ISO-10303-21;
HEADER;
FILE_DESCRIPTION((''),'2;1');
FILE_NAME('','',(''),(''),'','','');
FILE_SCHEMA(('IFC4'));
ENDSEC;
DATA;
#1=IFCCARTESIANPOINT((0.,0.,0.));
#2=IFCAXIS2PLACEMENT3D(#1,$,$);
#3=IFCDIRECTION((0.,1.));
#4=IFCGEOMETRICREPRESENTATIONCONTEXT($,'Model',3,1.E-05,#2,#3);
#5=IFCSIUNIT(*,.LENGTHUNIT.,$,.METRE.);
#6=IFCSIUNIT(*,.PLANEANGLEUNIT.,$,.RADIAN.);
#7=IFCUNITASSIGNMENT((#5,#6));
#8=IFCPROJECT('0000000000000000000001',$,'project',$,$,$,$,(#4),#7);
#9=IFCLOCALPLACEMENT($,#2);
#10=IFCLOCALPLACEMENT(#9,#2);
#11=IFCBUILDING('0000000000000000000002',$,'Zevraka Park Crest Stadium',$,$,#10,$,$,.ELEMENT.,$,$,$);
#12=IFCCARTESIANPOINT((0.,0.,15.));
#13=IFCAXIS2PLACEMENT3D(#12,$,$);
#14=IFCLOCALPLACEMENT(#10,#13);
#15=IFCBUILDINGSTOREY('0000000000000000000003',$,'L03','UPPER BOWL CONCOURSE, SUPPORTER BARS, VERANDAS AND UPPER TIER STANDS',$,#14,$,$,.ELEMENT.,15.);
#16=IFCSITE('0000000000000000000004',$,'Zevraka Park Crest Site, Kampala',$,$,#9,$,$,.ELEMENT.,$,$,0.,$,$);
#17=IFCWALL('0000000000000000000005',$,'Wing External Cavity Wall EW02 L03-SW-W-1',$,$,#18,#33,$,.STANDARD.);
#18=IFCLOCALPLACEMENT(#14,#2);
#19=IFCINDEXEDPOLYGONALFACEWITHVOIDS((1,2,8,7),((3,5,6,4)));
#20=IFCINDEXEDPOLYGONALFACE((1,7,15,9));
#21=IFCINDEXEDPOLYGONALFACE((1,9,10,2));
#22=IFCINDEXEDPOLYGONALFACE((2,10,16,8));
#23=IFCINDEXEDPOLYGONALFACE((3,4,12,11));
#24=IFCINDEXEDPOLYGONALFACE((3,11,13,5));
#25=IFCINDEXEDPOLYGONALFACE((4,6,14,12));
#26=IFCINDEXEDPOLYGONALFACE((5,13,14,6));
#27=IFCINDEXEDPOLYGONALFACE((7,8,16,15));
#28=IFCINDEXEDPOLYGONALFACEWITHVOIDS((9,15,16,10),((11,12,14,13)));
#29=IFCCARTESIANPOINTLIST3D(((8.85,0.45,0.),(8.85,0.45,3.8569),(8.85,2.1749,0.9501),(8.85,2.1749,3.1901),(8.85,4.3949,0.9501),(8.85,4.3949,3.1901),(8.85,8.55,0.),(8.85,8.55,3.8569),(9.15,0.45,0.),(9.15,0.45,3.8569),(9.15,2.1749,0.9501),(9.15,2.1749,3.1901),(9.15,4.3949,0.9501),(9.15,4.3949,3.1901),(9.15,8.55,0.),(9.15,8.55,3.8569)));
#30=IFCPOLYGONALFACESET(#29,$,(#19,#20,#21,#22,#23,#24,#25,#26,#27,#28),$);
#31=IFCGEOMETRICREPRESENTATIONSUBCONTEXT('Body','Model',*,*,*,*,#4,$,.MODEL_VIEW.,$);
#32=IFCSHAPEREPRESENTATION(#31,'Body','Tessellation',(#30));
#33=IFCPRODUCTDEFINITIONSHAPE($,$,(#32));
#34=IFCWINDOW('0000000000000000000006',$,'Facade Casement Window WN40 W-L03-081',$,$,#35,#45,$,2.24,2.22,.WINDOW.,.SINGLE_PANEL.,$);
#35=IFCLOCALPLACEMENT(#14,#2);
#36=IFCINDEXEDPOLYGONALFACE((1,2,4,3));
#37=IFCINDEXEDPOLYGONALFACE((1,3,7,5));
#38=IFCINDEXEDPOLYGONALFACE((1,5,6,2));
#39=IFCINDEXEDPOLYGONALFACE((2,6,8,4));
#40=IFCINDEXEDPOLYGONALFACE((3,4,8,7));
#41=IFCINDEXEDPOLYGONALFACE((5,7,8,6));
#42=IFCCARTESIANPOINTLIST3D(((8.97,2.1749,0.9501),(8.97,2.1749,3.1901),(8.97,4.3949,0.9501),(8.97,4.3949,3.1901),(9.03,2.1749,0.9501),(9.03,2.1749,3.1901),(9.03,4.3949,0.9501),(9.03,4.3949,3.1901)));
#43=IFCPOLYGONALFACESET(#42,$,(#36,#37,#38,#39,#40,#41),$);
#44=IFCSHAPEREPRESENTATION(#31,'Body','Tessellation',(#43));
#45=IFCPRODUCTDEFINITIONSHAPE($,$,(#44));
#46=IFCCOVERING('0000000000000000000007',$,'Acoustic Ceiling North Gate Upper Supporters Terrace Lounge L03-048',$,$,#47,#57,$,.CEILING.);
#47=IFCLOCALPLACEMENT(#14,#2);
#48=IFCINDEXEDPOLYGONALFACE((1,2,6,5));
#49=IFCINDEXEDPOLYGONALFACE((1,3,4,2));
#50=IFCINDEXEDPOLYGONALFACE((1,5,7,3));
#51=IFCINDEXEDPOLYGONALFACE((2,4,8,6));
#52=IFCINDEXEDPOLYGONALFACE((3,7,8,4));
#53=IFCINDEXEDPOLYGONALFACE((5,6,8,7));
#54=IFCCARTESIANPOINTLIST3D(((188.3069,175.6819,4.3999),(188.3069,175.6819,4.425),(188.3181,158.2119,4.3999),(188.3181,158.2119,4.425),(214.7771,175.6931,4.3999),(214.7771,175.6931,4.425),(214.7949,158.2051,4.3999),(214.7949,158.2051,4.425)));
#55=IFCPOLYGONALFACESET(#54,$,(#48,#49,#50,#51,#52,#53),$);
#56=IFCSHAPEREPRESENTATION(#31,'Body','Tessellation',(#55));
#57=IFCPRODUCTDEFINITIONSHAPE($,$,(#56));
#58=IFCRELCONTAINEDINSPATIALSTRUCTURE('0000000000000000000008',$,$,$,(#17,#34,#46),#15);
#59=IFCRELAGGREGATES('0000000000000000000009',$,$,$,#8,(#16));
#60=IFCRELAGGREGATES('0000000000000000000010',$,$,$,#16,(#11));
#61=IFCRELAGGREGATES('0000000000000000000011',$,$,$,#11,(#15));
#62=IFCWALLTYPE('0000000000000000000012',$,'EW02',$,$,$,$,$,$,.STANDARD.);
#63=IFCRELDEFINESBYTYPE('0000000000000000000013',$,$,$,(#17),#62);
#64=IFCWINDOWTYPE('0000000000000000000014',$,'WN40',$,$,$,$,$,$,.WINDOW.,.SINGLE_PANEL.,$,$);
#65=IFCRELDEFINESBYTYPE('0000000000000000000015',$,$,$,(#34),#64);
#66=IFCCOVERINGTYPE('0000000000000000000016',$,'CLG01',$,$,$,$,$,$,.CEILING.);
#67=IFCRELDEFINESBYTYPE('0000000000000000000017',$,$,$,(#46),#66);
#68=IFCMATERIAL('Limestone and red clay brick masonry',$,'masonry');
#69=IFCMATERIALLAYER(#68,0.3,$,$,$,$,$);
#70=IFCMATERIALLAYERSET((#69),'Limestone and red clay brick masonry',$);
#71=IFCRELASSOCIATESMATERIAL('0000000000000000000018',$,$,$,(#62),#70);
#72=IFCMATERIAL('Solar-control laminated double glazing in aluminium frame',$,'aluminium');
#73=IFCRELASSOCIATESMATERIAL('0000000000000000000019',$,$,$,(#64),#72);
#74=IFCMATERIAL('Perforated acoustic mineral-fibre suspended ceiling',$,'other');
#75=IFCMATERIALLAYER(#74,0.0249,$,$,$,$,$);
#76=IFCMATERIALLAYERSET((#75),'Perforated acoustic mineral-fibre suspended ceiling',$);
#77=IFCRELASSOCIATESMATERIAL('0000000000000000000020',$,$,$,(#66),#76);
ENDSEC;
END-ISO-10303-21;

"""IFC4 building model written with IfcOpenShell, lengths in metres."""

from ifc_helpers import new_model, si_unit, direction, frame, frame_2d, origin, place, context, subcontext, project, spatial, polyline, rectangle, outline, extrude, material, layer, layer_set, type_object, element, fill, save


model = new_model("IFC4")

# Units and contexts
model_context = context("Model", 3, precision=1e-05, world=origin(), true_north=direction((0.0, 1.0)))
body_context = subcontext(model_context, "Body", "Model", "MODEL_VIEW")
ifc_project = project(units=[si_unit("LENGTHUNIT", "METRE"), si_unit("PLANEANGLEUNIT", "RADIAN")], contexts=[model_context])

# Site, building, storey
site_placement = place(None, origin())
site = spatial("IfcSite", under=ifc_project, at=site_placement, Name="Zevraka Park Crest Site, Kampala", CompositionType="ELEMENT", RefElevation=0.0)
building_placement = place(site_placement, origin())
building = spatial("IfcBuilding", under=site, at=building_placement, Name="Zevraka Park Crest Stadium", CompositionType="ELEMENT")
storey_placement = place(building_placement, frame((0.0, 0.0, 15.0)))
storey = spatial("IfcBuildingStorey", under=building, at=storey_placement, Name="L03", Description="UPPER BOWL CONCOURSE, SUPPORTER BARS, VERANDAS AND UPPER TIER STANDS", CompositionType="ELEMENT", Elevation=15.0)

# Wall, opening, window
ifc_material_1 = material(Name="Limestone and red clay brick masonry", Category="masonry")
ifc_layer_1 = layer(ifc_material_1, 0.3)
ifc_layer_set_1 = layer_set([ifc_layer_1], Name="Limestone and red clay brick masonry")
wall_type = type_object("IfcWallType", Name="EW02", PredefinedType="STANDARD", material=ifc_layer_set_1)
wall_placement = place(storey_placement, frame((9.0, 0.45, 0.0), z_axis=(0.0, 0.0, 1.0), x_axis=(0.0, 1.0, 0.0)))
wall = element("IfcWall", 1, at=wall_placement, inside=storey, type_object=wall_type, Name="Wing External Cavity Wall EW02 L03-SW-W-1", PredefinedType="STANDARD", context=body_context, shape_type="SweptSolid", body=[
    extrude(rectangle(XDim=8.1001, YDim=0.3, at=frame_2d((4.05, 0.0))), origin(), (0.0, 0.0, 1.0), 3.8569),
])
opening_placement = place(wall_placement, frame((1.7251, 0.0, 0.95)))
opening = element("IfcOpeningElement", 2, at=opening_placement, cuts=wall, PredefinedType="OPENING", context=body_context, shape_type="SweptSolid", body=[
    extrude(rectangle(XDim=2.22, YDim=2.24, at=frame_2d((1.1099, 1.1201))), frame((0.0, 0.1599, 0.0), z_axis=(0.0, -1.0, 0.0), x_axis=(1.0, 0.0, 0.0)), (0.0, 0.0, 1.0), 0.3201),
])
ifc_material_2 = material(Name="Solar-control laminated double glazing in aluminium frame", Category="aluminium")
window_type = type_object("IfcWindowType", Name="WN40", PartitioningType="SINGLE_PANEL", PredefinedType="WINDOW", material=ifc_material_2)
window_placement = place(opening_placement, origin())
window = element("IfcWindow", 3, at=window_placement, inside=storey, type_object=window_type, Name="Facade Casement Window WN40 W-L03-081", OverallHeight=2.24, OverallWidth=2.22, PartitioningType="SINGLE_PANEL", PredefinedType="WINDOW", context=body_context, shape_type="SweptSolid", body=[
    extrude(rectangle(XDim=2.22, YDim=2.24, at=frame_2d((1.1099, 1.1201))), frame((0.0, 0.03, 0.0), z_axis=(0.0, -1.0, 0.0), x_axis=(1.0, 0.0, 0.0)), (0.0, 0.0, 1.0), 0.0601),
])
fill(opening, window)

# Covering
ifc_material_3 = material(Name="Perforated acoustic mineral-fibre suspended ceiling", Category="other")
ifc_layer_2 = layer(ifc_material_3, 0.0249)
ifc_layer_set_2 = layer_set([ifc_layer_2], Name="Perforated acoustic mineral-fibre suspended ceiling")
covering_type_1 = type_object("IfcCoveringType", Name="CLG01", PredefinedType="CEILING", material=ifc_layer_set_2)
covering_1_placement = place(storey_placement, frame((0.0, 0.0, 4.3999)))
element("IfcCovering", 4, at=covering_1_placement, inside=storey, type_object=covering_type_1, Name="Acoustic Ceiling North Gate Upper Supporters Terrace Lounge L03-048", PredefinedType="CEILING", context=body_context, shape_type="SweptSolid", body=[
    extrude(outline(polyline([(214.7949, 158.2051), (188.3181, 158.2119), (188.3069, 175.6819), (214.7771, 175.6931), (214.7949, 158.2051)])), origin(), (0.0, 0.0, 1.0), 0.0251),
])

save(model, "model.ifc")
